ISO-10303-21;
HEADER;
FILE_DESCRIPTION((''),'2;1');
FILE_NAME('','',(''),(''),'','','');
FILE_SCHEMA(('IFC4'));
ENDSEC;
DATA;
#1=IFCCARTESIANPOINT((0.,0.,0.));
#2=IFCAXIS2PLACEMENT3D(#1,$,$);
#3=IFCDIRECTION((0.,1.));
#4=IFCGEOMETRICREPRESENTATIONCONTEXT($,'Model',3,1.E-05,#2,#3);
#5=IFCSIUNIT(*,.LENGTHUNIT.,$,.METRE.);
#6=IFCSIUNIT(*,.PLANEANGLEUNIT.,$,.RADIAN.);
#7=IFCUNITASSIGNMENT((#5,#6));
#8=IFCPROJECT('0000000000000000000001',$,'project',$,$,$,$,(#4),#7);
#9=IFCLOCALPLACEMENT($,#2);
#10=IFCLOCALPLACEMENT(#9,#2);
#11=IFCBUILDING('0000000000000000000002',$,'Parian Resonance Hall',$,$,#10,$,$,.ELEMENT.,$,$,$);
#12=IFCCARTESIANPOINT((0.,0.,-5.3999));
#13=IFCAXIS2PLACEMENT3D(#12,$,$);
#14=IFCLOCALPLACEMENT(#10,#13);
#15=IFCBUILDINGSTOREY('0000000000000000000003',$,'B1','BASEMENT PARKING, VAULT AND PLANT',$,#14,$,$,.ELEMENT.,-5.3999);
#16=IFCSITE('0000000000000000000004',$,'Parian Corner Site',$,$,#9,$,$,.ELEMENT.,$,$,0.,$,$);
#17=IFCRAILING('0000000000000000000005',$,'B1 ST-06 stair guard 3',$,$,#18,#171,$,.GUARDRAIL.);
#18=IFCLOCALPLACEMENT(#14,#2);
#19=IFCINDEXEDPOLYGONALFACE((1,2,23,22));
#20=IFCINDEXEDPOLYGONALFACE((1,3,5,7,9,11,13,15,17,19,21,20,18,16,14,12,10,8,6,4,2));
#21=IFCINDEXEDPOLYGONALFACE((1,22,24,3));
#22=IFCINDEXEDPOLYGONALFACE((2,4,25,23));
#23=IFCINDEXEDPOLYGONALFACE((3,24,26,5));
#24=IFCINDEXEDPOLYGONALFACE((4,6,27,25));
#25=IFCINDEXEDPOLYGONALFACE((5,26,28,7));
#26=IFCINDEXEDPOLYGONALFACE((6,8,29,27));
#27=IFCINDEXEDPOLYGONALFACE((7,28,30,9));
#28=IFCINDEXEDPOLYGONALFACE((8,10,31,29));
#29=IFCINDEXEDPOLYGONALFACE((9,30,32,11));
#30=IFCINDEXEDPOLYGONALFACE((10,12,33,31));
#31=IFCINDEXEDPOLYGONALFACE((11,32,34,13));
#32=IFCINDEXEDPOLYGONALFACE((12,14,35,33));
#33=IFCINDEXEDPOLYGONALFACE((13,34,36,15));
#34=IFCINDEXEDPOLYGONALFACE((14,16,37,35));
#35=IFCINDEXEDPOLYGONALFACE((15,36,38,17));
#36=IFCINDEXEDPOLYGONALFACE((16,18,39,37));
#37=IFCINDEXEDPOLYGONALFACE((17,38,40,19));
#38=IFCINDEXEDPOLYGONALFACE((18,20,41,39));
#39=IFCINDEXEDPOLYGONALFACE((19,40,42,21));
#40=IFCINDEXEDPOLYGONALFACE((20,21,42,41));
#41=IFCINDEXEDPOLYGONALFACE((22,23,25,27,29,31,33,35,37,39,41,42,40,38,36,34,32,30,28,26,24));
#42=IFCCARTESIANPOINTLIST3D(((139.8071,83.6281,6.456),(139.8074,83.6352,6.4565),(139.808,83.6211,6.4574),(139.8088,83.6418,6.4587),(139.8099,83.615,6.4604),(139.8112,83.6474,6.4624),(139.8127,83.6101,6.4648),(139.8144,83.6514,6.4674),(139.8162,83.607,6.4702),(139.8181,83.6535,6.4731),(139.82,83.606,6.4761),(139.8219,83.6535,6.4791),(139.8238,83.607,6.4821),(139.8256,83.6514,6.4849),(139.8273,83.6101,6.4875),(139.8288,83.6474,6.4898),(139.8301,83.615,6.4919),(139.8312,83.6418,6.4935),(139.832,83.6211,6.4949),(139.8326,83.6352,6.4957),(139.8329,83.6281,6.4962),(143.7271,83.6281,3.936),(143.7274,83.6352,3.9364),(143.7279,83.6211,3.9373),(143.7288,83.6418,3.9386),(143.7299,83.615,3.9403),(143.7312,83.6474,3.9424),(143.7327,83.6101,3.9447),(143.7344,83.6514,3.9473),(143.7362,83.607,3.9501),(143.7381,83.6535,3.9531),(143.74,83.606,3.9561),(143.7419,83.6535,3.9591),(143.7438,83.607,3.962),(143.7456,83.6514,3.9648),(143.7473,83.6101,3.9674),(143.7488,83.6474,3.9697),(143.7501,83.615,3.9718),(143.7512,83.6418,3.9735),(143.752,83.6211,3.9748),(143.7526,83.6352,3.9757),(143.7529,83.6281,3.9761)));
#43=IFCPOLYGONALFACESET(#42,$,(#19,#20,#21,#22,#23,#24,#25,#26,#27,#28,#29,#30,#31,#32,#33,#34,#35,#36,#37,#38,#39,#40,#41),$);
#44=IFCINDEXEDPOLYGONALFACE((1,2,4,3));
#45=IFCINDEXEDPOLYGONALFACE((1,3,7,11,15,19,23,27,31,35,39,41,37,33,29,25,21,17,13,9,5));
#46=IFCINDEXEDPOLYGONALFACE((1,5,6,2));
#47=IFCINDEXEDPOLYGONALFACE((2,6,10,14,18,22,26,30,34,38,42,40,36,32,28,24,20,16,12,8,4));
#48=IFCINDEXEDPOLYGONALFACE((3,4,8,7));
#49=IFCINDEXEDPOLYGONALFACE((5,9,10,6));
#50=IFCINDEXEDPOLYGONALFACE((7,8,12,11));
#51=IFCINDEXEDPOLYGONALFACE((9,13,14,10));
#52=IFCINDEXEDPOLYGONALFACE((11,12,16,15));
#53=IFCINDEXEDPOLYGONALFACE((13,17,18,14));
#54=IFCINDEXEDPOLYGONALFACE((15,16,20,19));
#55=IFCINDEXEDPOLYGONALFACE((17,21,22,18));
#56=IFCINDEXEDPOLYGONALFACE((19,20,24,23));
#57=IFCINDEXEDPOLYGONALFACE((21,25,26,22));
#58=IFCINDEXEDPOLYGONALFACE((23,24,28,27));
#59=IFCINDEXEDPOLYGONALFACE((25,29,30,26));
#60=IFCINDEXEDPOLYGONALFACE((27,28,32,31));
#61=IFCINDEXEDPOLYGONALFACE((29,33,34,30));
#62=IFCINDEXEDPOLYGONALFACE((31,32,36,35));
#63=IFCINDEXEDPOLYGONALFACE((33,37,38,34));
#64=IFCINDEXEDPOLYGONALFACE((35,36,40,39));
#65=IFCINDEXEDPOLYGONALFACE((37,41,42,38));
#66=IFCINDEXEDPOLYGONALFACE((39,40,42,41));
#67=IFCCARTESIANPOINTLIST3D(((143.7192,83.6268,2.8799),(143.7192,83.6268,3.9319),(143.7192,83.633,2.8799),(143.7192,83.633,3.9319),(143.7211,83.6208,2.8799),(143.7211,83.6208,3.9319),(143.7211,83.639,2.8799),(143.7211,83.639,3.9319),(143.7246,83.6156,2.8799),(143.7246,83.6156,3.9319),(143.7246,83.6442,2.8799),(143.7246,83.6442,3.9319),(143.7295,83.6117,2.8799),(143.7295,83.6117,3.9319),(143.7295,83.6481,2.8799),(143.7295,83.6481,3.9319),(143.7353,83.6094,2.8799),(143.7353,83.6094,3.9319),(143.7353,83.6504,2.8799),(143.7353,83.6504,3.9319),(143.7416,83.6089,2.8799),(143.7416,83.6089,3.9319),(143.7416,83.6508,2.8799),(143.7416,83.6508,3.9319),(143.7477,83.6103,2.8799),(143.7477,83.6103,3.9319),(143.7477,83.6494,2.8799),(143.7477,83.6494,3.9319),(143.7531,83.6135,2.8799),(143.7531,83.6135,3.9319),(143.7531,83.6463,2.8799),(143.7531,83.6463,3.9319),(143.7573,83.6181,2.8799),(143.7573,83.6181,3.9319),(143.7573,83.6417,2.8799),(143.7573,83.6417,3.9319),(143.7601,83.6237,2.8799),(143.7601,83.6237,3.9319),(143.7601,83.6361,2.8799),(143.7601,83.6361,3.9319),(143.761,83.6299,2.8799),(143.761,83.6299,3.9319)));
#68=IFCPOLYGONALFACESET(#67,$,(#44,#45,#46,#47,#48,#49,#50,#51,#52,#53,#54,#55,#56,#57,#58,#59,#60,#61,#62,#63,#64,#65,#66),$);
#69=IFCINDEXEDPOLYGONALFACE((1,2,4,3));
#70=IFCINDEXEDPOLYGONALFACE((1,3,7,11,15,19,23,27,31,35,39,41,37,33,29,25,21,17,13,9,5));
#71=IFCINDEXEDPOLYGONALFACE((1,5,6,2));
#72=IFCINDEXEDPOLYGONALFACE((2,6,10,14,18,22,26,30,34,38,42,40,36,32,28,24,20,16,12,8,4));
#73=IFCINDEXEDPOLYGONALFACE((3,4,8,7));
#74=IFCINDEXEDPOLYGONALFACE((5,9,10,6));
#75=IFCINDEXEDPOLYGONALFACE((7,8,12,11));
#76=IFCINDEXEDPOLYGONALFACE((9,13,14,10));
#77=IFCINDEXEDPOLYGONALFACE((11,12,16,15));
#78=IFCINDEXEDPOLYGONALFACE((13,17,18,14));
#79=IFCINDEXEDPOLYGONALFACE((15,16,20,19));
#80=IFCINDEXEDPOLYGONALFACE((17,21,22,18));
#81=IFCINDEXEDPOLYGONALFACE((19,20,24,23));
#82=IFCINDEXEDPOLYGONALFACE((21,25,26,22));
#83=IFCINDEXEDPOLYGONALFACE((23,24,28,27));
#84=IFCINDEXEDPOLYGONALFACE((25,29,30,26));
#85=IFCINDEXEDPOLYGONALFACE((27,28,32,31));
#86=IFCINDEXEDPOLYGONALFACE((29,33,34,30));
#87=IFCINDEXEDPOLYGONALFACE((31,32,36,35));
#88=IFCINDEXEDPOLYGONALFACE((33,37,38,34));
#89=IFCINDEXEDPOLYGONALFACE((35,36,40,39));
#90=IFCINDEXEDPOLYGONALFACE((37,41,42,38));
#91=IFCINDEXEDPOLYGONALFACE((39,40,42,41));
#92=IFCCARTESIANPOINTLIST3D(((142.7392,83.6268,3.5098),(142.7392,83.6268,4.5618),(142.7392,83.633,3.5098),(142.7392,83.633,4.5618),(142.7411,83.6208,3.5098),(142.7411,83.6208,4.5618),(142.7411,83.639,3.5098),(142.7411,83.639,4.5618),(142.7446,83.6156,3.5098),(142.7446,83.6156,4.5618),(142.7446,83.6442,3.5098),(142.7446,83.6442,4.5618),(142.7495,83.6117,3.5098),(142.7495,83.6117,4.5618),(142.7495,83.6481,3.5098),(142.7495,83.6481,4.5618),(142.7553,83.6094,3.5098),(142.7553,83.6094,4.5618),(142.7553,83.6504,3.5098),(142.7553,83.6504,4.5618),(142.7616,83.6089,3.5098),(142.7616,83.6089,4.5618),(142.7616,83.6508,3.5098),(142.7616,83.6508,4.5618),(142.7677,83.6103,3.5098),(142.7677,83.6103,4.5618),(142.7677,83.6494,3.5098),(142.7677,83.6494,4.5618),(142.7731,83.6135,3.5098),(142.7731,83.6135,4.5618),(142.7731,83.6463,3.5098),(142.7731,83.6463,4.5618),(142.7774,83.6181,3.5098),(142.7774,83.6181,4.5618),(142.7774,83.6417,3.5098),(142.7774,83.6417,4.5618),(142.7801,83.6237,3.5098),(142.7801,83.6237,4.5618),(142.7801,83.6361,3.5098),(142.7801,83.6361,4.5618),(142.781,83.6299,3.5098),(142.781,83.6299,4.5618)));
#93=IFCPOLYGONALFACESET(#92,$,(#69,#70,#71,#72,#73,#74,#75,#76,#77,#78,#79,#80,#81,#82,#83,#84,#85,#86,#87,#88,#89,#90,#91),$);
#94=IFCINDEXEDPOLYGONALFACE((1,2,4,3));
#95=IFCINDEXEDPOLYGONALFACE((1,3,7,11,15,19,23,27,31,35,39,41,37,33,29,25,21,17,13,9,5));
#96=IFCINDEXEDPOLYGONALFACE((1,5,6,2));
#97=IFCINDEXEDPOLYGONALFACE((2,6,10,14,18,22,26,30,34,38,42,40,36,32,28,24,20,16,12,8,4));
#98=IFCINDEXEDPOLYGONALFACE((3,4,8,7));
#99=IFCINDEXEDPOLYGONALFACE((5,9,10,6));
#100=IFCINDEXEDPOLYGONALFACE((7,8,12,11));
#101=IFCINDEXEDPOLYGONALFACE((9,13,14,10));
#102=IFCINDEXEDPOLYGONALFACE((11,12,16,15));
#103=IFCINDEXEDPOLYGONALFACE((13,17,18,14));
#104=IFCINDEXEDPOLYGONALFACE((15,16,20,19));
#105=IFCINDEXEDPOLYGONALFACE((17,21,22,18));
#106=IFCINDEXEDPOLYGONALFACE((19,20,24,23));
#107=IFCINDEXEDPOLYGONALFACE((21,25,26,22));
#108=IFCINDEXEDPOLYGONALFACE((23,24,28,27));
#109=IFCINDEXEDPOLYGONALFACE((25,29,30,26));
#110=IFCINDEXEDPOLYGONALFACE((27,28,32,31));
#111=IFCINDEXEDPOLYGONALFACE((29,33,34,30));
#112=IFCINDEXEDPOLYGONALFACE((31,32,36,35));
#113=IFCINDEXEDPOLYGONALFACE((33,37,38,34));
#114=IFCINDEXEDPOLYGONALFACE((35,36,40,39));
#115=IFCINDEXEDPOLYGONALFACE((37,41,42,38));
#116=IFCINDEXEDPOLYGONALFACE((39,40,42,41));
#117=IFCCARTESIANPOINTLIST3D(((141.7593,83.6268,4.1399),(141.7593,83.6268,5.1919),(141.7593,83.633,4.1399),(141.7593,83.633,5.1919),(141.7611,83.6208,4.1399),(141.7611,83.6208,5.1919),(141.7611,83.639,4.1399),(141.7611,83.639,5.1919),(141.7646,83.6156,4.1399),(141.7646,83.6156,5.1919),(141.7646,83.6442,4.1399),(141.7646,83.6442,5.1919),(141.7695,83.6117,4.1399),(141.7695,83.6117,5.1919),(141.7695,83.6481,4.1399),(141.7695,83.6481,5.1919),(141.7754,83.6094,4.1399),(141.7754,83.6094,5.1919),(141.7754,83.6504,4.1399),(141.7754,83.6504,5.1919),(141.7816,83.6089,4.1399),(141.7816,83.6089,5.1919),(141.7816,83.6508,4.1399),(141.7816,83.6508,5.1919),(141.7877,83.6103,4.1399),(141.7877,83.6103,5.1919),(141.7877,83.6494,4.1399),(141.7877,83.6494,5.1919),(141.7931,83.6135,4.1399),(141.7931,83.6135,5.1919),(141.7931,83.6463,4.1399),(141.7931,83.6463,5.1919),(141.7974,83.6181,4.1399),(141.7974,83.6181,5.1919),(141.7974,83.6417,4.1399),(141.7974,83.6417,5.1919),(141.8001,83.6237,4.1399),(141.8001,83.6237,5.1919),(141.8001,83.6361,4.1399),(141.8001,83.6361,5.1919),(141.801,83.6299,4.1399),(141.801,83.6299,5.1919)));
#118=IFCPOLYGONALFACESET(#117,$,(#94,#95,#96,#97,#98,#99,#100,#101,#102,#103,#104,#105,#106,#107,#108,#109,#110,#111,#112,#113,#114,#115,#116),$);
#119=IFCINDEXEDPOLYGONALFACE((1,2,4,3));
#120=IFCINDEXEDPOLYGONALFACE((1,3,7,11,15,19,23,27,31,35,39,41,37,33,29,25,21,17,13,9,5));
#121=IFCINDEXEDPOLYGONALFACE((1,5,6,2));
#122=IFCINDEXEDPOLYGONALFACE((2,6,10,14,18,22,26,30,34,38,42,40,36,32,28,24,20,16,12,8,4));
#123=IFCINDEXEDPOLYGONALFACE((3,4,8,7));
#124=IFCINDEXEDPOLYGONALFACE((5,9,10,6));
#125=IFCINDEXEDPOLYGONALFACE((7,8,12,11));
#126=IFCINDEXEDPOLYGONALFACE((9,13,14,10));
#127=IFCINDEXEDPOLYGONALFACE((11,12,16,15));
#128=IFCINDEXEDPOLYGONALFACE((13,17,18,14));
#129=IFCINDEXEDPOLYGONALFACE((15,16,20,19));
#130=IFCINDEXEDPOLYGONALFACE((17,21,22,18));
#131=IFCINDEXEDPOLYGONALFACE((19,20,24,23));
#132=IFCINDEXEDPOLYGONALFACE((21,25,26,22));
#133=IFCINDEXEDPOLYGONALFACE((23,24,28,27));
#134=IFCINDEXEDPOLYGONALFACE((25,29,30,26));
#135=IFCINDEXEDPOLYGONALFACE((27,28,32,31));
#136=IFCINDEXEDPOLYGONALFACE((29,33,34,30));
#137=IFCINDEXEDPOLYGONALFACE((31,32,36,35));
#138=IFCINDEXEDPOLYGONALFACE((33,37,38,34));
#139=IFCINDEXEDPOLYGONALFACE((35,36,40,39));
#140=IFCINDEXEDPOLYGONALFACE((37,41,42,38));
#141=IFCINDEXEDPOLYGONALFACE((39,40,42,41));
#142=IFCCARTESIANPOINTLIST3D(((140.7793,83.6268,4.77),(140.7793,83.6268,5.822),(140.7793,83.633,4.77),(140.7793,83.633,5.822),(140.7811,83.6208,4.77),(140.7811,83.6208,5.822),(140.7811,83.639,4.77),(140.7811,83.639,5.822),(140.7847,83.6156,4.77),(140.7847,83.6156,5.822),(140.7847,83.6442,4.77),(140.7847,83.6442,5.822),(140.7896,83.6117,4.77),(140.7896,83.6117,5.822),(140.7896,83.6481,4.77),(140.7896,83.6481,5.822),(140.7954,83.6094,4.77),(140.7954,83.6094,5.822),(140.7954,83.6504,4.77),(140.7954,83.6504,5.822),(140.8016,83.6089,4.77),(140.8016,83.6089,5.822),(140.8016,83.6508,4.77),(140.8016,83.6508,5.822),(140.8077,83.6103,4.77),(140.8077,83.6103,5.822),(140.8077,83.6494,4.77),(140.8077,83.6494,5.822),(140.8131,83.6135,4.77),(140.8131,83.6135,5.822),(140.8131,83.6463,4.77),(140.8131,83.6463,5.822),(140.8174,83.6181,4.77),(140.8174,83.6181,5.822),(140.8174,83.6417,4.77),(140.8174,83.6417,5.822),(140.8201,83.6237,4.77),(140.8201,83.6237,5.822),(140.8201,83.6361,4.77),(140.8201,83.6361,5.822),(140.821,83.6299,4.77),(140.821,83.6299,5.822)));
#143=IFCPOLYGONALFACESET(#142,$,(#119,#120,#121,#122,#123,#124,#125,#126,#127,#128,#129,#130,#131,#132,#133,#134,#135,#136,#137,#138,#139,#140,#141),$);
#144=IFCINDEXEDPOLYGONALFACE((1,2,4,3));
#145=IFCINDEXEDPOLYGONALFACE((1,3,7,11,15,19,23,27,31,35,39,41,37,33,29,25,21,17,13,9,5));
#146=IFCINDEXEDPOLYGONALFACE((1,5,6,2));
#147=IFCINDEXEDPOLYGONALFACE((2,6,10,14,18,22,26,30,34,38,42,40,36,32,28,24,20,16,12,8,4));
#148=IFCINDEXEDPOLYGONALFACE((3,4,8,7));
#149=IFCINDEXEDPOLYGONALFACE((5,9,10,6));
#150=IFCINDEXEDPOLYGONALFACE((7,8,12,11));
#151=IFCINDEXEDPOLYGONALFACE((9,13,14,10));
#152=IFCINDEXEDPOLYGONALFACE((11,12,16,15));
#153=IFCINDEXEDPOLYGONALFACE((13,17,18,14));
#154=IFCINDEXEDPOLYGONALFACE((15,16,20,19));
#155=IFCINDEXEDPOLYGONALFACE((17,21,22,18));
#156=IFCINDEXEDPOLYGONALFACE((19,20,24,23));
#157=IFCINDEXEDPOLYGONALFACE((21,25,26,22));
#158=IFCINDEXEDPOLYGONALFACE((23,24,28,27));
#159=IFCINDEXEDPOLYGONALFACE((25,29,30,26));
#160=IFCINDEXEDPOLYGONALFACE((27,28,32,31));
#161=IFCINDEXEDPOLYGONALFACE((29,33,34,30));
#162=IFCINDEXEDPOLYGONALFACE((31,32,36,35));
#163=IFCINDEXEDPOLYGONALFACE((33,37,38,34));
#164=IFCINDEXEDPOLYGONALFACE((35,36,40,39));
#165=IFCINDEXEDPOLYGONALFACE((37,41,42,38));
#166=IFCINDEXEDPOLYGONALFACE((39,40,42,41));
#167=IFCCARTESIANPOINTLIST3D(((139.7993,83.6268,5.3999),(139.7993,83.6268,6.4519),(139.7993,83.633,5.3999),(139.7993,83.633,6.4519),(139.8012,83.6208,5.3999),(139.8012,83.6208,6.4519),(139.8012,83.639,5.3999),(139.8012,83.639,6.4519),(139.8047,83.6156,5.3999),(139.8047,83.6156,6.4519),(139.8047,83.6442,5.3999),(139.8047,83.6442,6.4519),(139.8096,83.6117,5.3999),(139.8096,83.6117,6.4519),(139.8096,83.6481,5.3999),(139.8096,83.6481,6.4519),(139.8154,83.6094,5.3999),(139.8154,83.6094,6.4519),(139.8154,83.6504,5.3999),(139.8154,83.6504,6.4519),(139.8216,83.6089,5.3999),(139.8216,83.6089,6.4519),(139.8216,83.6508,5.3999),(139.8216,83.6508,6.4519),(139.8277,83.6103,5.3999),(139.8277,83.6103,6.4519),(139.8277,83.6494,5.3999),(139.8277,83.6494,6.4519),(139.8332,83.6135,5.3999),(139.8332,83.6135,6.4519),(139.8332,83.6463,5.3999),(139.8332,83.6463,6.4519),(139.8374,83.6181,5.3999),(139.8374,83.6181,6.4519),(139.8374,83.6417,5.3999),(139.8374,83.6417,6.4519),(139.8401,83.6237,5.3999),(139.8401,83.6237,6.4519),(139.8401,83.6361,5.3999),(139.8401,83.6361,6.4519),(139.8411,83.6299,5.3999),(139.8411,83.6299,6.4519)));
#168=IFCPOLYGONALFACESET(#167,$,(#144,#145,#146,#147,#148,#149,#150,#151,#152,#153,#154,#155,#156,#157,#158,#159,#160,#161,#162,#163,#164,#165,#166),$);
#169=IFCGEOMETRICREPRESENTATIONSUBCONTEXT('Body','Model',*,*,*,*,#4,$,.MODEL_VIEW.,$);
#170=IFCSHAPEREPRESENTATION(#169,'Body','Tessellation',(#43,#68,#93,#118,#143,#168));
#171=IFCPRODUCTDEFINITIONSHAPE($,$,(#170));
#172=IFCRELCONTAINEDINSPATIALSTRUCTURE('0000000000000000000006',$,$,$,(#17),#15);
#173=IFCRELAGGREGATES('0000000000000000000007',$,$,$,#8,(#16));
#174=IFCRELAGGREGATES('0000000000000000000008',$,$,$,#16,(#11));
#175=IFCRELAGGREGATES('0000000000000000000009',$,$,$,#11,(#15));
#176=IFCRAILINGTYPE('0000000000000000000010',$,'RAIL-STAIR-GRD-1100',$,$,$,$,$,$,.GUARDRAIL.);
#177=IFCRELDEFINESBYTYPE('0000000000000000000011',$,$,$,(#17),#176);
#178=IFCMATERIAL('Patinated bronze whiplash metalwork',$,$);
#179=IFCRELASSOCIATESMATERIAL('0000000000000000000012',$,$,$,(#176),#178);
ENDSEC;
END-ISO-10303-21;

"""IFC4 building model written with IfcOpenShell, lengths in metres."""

from ifc_helpers import new_model, si_unit, direction, frame, origin, origin_2d, place, context, subcontext, project, spatial, circle, extrude, material, type_object, element, save


model = new_model("IFC4")

# Units and contexts
model_context = context("Model", 3, precision=1e-05, world=origin(), true_north=direction((0.0, 1.0)))
body_context = subcontext(model_context, "Body", "Model", "MODEL_VIEW")
ifc_project = project(units=[si_unit("LENGTHUNIT", "METRE"), si_unit("PLANEANGLEUNIT", "RADIAN")], contexts=[model_context])

# Site, building, storey
site_placement = place(None, origin())
site = spatial("IfcSite", under=ifc_project, at=site_placement, Name="Parian Corner Site", CompositionType="ELEMENT", RefElevation=0.0)
building_placement = place(site_placement, origin())
building = spatial("IfcBuilding", under=site, at=building_placement, Name="Parian Resonance Hall", CompositionType="ELEMENT")
storey_placement = place(building_placement, frame((0.0, 0.0, -5.3999)))
storey = spatial("IfcBuildingStorey", under=building, at=storey_placement, Name="B1", Description="BASEMENT PARKING, VAULT AND PLANT", CompositionType="ELEMENT", Elevation=-5.3999)

# Railing
ifc_material_1 = material(Name="Patinated bronze whiplash metalwork")
railing_type_1 = type_object("IfcRailingType", Name="RAIL-STAIR-GRD-1100", PredefinedType="GUARDRAIL", material=ifc_material_1)
railing_1_placement = place(storey_placement, frame((143.74, 83.6299, 2.8799)))
element("IfcRailing", 1, at=railing_1_placement, inside=storey, type_object=railing_type_1, Name="B1 ST-06 stair guard 3", PredefinedType="GUARDRAIL", context=body_context, shape_type="SweptSolid", body=[
    extrude(circle(Radius=0.0239, at=origin_2d()), frame((0.0, 0.0, 1.0762), z_axis=(-0.841172, 0.0, 0.540768), x_axis=(0.0, -1.0, 0.0)), (0.0, 0.0, 1.0), 4.6602),
    extrude(circle(Radius=0.021, at=origin_2d()), origin(), (0.0, 0.0, 1.0), 1.052),
    extrude(circle(Radius=0.021, at=origin_2d()), frame((-0.98, 0.0, 0.6299)), (0.0, 0.0, 1.0), 1.052),
    extrude(circle(Radius=0.021, at=origin_2d()), frame((-1.96, 0.0, 1.26)), (0.0, 0.0, 1.0), 1.052),
    extrude(circle(Radius=0.021, at=origin_2d()), frame((-2.9399, 0.0, 1.8901)), (0.0, 0.0, 1.0), 1.052),
    extrude(circle(Radius=0.021, at=origin_2d()), frame((-3.9199, 0.0, 2.52)), (0.0, 0.0, 1.0), 1.052),
])

save(model, "model.ifc")
